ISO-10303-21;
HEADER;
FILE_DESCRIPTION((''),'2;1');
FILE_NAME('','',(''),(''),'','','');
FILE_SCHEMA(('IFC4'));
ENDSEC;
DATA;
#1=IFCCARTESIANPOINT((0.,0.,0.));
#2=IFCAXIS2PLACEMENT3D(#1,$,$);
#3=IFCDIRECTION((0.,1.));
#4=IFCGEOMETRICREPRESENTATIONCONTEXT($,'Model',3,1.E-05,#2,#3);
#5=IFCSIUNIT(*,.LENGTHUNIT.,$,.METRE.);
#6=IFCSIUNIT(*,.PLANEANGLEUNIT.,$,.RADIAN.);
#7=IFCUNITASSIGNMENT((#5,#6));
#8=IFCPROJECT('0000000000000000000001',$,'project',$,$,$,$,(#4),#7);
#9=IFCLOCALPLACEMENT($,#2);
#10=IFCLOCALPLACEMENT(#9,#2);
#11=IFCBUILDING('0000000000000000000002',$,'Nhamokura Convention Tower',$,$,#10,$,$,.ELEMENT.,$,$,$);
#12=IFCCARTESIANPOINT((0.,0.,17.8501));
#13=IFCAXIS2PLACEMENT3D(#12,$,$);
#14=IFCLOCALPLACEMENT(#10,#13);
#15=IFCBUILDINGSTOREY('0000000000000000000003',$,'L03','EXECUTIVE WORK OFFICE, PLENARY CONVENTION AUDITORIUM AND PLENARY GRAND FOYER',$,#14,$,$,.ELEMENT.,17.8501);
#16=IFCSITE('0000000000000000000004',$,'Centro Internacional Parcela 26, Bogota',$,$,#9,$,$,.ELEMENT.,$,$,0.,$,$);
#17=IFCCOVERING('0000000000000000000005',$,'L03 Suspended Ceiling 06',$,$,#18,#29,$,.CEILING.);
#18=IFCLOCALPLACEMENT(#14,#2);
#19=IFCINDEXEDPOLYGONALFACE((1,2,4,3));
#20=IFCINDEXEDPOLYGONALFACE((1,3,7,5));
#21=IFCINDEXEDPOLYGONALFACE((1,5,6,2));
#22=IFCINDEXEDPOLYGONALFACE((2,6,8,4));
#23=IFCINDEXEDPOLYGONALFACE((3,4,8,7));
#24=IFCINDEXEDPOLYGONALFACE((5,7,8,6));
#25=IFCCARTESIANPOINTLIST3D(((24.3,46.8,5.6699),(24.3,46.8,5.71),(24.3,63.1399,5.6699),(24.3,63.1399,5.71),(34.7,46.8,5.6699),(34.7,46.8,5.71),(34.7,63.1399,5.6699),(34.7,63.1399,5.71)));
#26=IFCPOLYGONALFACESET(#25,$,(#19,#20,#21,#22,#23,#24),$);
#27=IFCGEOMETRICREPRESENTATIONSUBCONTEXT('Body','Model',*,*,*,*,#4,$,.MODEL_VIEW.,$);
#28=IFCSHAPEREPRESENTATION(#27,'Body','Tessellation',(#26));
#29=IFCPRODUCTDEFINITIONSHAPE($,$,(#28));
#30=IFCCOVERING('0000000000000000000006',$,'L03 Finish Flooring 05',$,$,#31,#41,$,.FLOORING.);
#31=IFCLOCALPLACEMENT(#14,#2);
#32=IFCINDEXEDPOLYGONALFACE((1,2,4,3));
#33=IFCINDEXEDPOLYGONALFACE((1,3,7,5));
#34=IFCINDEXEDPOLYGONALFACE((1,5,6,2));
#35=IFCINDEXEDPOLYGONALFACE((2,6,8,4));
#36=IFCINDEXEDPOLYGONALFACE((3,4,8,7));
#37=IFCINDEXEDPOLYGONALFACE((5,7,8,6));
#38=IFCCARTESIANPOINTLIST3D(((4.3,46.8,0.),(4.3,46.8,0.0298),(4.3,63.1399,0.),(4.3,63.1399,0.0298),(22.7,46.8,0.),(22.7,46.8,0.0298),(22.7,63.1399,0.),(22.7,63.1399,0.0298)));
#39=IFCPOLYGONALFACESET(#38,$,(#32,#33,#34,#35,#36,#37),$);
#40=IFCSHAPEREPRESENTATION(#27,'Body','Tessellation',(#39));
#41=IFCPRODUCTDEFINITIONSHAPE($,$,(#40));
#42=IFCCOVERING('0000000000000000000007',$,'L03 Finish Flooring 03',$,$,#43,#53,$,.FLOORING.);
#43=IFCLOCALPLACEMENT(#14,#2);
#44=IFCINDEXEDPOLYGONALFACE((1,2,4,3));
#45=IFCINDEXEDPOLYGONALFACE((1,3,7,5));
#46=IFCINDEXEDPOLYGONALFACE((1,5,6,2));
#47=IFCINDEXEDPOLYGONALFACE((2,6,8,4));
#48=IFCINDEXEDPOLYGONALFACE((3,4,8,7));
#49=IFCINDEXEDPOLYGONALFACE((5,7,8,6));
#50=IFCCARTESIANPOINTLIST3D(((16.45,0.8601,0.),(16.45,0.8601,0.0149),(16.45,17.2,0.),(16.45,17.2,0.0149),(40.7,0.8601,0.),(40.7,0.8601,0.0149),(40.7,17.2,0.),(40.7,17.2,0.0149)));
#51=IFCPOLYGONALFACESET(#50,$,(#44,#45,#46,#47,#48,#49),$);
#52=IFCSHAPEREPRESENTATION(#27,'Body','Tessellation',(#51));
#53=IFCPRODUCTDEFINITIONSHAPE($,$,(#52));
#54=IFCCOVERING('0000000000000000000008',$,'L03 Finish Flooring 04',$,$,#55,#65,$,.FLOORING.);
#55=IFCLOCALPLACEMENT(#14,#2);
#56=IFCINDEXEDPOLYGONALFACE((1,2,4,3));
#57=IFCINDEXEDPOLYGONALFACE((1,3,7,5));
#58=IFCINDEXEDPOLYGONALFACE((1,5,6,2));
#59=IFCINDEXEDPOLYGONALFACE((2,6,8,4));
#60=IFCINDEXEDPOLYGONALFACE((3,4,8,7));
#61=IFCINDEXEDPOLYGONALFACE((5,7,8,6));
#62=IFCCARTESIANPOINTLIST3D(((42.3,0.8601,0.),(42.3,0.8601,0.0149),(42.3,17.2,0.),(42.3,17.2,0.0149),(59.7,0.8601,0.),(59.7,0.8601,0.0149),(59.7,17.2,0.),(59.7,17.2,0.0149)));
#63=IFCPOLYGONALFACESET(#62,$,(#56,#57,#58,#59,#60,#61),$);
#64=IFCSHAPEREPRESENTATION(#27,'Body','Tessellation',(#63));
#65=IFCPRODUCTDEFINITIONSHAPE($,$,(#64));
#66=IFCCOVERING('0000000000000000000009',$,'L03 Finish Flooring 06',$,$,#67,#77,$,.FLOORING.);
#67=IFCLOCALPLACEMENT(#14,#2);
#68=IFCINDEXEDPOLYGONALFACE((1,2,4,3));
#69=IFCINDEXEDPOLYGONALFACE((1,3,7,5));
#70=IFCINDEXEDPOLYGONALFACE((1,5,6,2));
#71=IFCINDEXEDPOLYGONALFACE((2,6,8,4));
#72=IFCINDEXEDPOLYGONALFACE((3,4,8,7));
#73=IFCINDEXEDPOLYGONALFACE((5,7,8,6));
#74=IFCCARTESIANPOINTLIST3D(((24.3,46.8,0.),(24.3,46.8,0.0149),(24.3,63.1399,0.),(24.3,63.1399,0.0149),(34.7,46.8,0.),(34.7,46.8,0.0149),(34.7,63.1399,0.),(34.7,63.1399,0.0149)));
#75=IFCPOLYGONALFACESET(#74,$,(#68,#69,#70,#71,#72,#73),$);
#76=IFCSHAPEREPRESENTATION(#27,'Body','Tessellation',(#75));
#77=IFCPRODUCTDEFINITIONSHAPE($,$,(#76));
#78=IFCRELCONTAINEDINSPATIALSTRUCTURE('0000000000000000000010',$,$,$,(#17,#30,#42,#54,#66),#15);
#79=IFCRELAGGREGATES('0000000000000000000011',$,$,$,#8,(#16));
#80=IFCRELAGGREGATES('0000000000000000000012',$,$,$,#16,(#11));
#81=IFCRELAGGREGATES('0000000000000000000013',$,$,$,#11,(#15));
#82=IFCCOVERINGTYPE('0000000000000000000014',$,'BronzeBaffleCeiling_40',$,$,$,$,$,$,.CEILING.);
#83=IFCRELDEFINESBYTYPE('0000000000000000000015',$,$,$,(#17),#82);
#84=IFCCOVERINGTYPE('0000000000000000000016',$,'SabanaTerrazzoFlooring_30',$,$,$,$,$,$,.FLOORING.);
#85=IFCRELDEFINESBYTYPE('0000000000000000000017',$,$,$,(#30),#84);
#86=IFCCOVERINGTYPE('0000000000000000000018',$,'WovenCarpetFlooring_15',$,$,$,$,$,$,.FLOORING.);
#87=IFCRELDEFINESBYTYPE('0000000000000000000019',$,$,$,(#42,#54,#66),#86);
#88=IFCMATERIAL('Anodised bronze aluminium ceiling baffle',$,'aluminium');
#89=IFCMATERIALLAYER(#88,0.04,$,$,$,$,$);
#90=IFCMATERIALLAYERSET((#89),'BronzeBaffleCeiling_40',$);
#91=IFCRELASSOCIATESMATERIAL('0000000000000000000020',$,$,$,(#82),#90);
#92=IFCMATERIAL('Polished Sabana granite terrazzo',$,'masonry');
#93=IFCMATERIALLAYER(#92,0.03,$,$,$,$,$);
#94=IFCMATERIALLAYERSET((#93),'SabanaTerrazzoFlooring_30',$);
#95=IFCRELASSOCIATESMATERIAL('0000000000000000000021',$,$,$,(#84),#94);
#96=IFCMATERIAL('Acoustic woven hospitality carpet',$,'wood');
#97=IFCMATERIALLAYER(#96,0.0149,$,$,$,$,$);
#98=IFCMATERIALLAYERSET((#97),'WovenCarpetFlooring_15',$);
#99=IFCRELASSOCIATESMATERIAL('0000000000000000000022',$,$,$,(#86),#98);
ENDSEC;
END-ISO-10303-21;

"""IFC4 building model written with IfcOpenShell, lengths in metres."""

from ifc_helpers import new_model, si_unit, direction, frame, origin, place, context, subcontext, project, spatial, polyline, outline, extrude, material, layer, layer_set, type_object, element, save


model = new_model("IFC4")

# Units and contexts
model_context = context("Model", 3, precision=1e-05, world=origin(), true_north=direction((0.0, 1.0)))
body_context = subcontext(model_context, "Body", "Model", "MODEL_VIEW")
ifc_project = project(units=[si_unit("LENGTHUNIT", "METRE"), si_unit("PLANEANGLEUNIT", "RADIAN")], contexts=[model_context])

# Site, building, storey
site_placement = place(None, origin())
site = spatial("IfcSite", under=ifc_project, at=site_placement, Name="Centro Internacional Parcela 26, Bogota", CompositionType="ELEMENT", RefElevation=0.0)
building_placement = place(site_placement, origin())
building = spatial("IfcBuilding", under=site, at=building_placement, Name="Nhamokura Convention Tower", CompositionType="ELEMENT")
storey_placement = place(building_placement, frame((0.0, 0.0, 17.8501)))
storey = spatial("IfcBuildingStorey", under=building, at=storey_placement, Name="L03", Description="EXECUTIVE WORK OFFICE, PLENARY CONVENTION AUDITORIUM AND PLENARY GRAND FOYER", CompositionType="ELEMENT", Elevation=17.8501)

# Coverings
ifc_material_1 = material(Name="Anodised bronze aluminium ceiling baffle", Category="aluminium")
ifc_layer_1 = layer(ifc_material_1, 0.04)
ifc_layer_set_1 = layer_set([ifc_layer_1], Name="BronzeBaffleCeiling_40")
covering_type_1 = type_object("IfcCoveringType", Name="BronzeBaffleCeiling_40", PredefinedType="CEILING", material=ifc_layer_set_1)
covering_1_placement = place(storey_placement, frame((0.0, 0.0, 5.6699)))
element("IfcCovering", 1, at=covering_1_placement, inside=storey, type_object=covering_type_1, Name="L03 Suspended Ceiling 06", PredefinedType="CEILING", context=body_context, shape_type="SweptSolid", body=[
    extrude(outline(polyline([(24.3, 46.8), (34.7, 46.8), (34.7, 63.1399), (24.3, 63.1399), (24.3, 46.8)])), origin(), (0.0, 0.0, 1.0), 0.04),
])
ifc_material_2 = material(Name="Polished Sabana granite terrazzo", Category="masonry")
ifc_layer_2 = layer(ifc_material_2, 0.03)
ifc_layer_set_2 = layer_set([ifc_layer_2], Name="SabanaTerrazzoFlooring_30")
covering_type_2 = type_object("IfcCoveringType", Name="SabanaTerrazzoFlooring_30", PredefinedType="FLOORING", material=ifc_layer_set_2)
covering_2_placement = place(storey_placement, origin())
element("IfcCovering", 2, at=covering_2_placement, inside=storey, type_object=covering_type_2, Name="L03 Finish Flooring 05", PredefinedType="FLOORING", context=body_context, shape_type="SweptSolid", body=[
    extrude(outline(polyline([(4.3, 46.8), (22.7, 46.8), (22.7, 63.1399), (4.3, 63.1399), (4.3, 46.8)])), origin(), (0.0, 0.0, 1.0), 0.0298),
])

# Coverings
ifc_material_3 = material(Name="Acoustic woven hospitality carpet", Category="wood")
ifc_layer_3 = layer(ifc_material_3, 0.0149)
ifc_layer_set_3 = layer_set([ifc_layer_3], Name="WovenCarpetFlooring_15")
covering_type_3 = type_object("IfcCoveringType", Name="WovenCarpetFlooring_15", PredefinedType="FLOORING", material=ifc_layer_set_3)
covering_3_placement = place(storey_placement, origin())
element("IfcCovering", 3, at=covering_3_placement, inside=storey, type_object=covering_type_3, Name="L03 Finish Flooring 03", PredefinedType="FLOORING", context=body_context, shape_type="SweptSolid", body=[
    extrude(outline(polyline([(16.45, 0.8601), (40.7, 0.8601), (40.7, 17.2), (16.45, 17.2), (16.45, 0.8601)])), origin(), (0.0, 0.0, 1.0), 0.0149),
])
covering_4_placement = place(storey_placement, origin())
element("IfcCovering", 4, at=covering_4_placement, inside=storey, type_object=covering_type_3, Name="L03 Finish Flooring 04", PredefinedType="FLOORING", context=body_context, shape_type="SweptSolid", body=[
    extrude(outline(polyline([(42.3, 0.8601), (59.7, 0.8601), (59.7, 17.2), (42.3, 17.2), (42.3, 0.8601)])), origin(), (0.0, 0.0, 1.0), 0.0149),
])
covering_5_placement = place(storey_placement, origin())
element("IfcCovering", 5, at=covering_5_placement, inside=storey, type_object=covering_type_3, Name="L03 Finish Flooring 06", PredefinedType="FLOORING", context=body_context, shape_type="SweptSolid", body=[
    extrude(outline(polyline([(24.3, 46.8), (34.7, 46.8), (34.7, 63.1399), (24.3, 63.1399), (24.3, 46.8)])), origin(), (0.0, 0.0, 1.0), 0.0149),
])

save(model, "model.ifc")
